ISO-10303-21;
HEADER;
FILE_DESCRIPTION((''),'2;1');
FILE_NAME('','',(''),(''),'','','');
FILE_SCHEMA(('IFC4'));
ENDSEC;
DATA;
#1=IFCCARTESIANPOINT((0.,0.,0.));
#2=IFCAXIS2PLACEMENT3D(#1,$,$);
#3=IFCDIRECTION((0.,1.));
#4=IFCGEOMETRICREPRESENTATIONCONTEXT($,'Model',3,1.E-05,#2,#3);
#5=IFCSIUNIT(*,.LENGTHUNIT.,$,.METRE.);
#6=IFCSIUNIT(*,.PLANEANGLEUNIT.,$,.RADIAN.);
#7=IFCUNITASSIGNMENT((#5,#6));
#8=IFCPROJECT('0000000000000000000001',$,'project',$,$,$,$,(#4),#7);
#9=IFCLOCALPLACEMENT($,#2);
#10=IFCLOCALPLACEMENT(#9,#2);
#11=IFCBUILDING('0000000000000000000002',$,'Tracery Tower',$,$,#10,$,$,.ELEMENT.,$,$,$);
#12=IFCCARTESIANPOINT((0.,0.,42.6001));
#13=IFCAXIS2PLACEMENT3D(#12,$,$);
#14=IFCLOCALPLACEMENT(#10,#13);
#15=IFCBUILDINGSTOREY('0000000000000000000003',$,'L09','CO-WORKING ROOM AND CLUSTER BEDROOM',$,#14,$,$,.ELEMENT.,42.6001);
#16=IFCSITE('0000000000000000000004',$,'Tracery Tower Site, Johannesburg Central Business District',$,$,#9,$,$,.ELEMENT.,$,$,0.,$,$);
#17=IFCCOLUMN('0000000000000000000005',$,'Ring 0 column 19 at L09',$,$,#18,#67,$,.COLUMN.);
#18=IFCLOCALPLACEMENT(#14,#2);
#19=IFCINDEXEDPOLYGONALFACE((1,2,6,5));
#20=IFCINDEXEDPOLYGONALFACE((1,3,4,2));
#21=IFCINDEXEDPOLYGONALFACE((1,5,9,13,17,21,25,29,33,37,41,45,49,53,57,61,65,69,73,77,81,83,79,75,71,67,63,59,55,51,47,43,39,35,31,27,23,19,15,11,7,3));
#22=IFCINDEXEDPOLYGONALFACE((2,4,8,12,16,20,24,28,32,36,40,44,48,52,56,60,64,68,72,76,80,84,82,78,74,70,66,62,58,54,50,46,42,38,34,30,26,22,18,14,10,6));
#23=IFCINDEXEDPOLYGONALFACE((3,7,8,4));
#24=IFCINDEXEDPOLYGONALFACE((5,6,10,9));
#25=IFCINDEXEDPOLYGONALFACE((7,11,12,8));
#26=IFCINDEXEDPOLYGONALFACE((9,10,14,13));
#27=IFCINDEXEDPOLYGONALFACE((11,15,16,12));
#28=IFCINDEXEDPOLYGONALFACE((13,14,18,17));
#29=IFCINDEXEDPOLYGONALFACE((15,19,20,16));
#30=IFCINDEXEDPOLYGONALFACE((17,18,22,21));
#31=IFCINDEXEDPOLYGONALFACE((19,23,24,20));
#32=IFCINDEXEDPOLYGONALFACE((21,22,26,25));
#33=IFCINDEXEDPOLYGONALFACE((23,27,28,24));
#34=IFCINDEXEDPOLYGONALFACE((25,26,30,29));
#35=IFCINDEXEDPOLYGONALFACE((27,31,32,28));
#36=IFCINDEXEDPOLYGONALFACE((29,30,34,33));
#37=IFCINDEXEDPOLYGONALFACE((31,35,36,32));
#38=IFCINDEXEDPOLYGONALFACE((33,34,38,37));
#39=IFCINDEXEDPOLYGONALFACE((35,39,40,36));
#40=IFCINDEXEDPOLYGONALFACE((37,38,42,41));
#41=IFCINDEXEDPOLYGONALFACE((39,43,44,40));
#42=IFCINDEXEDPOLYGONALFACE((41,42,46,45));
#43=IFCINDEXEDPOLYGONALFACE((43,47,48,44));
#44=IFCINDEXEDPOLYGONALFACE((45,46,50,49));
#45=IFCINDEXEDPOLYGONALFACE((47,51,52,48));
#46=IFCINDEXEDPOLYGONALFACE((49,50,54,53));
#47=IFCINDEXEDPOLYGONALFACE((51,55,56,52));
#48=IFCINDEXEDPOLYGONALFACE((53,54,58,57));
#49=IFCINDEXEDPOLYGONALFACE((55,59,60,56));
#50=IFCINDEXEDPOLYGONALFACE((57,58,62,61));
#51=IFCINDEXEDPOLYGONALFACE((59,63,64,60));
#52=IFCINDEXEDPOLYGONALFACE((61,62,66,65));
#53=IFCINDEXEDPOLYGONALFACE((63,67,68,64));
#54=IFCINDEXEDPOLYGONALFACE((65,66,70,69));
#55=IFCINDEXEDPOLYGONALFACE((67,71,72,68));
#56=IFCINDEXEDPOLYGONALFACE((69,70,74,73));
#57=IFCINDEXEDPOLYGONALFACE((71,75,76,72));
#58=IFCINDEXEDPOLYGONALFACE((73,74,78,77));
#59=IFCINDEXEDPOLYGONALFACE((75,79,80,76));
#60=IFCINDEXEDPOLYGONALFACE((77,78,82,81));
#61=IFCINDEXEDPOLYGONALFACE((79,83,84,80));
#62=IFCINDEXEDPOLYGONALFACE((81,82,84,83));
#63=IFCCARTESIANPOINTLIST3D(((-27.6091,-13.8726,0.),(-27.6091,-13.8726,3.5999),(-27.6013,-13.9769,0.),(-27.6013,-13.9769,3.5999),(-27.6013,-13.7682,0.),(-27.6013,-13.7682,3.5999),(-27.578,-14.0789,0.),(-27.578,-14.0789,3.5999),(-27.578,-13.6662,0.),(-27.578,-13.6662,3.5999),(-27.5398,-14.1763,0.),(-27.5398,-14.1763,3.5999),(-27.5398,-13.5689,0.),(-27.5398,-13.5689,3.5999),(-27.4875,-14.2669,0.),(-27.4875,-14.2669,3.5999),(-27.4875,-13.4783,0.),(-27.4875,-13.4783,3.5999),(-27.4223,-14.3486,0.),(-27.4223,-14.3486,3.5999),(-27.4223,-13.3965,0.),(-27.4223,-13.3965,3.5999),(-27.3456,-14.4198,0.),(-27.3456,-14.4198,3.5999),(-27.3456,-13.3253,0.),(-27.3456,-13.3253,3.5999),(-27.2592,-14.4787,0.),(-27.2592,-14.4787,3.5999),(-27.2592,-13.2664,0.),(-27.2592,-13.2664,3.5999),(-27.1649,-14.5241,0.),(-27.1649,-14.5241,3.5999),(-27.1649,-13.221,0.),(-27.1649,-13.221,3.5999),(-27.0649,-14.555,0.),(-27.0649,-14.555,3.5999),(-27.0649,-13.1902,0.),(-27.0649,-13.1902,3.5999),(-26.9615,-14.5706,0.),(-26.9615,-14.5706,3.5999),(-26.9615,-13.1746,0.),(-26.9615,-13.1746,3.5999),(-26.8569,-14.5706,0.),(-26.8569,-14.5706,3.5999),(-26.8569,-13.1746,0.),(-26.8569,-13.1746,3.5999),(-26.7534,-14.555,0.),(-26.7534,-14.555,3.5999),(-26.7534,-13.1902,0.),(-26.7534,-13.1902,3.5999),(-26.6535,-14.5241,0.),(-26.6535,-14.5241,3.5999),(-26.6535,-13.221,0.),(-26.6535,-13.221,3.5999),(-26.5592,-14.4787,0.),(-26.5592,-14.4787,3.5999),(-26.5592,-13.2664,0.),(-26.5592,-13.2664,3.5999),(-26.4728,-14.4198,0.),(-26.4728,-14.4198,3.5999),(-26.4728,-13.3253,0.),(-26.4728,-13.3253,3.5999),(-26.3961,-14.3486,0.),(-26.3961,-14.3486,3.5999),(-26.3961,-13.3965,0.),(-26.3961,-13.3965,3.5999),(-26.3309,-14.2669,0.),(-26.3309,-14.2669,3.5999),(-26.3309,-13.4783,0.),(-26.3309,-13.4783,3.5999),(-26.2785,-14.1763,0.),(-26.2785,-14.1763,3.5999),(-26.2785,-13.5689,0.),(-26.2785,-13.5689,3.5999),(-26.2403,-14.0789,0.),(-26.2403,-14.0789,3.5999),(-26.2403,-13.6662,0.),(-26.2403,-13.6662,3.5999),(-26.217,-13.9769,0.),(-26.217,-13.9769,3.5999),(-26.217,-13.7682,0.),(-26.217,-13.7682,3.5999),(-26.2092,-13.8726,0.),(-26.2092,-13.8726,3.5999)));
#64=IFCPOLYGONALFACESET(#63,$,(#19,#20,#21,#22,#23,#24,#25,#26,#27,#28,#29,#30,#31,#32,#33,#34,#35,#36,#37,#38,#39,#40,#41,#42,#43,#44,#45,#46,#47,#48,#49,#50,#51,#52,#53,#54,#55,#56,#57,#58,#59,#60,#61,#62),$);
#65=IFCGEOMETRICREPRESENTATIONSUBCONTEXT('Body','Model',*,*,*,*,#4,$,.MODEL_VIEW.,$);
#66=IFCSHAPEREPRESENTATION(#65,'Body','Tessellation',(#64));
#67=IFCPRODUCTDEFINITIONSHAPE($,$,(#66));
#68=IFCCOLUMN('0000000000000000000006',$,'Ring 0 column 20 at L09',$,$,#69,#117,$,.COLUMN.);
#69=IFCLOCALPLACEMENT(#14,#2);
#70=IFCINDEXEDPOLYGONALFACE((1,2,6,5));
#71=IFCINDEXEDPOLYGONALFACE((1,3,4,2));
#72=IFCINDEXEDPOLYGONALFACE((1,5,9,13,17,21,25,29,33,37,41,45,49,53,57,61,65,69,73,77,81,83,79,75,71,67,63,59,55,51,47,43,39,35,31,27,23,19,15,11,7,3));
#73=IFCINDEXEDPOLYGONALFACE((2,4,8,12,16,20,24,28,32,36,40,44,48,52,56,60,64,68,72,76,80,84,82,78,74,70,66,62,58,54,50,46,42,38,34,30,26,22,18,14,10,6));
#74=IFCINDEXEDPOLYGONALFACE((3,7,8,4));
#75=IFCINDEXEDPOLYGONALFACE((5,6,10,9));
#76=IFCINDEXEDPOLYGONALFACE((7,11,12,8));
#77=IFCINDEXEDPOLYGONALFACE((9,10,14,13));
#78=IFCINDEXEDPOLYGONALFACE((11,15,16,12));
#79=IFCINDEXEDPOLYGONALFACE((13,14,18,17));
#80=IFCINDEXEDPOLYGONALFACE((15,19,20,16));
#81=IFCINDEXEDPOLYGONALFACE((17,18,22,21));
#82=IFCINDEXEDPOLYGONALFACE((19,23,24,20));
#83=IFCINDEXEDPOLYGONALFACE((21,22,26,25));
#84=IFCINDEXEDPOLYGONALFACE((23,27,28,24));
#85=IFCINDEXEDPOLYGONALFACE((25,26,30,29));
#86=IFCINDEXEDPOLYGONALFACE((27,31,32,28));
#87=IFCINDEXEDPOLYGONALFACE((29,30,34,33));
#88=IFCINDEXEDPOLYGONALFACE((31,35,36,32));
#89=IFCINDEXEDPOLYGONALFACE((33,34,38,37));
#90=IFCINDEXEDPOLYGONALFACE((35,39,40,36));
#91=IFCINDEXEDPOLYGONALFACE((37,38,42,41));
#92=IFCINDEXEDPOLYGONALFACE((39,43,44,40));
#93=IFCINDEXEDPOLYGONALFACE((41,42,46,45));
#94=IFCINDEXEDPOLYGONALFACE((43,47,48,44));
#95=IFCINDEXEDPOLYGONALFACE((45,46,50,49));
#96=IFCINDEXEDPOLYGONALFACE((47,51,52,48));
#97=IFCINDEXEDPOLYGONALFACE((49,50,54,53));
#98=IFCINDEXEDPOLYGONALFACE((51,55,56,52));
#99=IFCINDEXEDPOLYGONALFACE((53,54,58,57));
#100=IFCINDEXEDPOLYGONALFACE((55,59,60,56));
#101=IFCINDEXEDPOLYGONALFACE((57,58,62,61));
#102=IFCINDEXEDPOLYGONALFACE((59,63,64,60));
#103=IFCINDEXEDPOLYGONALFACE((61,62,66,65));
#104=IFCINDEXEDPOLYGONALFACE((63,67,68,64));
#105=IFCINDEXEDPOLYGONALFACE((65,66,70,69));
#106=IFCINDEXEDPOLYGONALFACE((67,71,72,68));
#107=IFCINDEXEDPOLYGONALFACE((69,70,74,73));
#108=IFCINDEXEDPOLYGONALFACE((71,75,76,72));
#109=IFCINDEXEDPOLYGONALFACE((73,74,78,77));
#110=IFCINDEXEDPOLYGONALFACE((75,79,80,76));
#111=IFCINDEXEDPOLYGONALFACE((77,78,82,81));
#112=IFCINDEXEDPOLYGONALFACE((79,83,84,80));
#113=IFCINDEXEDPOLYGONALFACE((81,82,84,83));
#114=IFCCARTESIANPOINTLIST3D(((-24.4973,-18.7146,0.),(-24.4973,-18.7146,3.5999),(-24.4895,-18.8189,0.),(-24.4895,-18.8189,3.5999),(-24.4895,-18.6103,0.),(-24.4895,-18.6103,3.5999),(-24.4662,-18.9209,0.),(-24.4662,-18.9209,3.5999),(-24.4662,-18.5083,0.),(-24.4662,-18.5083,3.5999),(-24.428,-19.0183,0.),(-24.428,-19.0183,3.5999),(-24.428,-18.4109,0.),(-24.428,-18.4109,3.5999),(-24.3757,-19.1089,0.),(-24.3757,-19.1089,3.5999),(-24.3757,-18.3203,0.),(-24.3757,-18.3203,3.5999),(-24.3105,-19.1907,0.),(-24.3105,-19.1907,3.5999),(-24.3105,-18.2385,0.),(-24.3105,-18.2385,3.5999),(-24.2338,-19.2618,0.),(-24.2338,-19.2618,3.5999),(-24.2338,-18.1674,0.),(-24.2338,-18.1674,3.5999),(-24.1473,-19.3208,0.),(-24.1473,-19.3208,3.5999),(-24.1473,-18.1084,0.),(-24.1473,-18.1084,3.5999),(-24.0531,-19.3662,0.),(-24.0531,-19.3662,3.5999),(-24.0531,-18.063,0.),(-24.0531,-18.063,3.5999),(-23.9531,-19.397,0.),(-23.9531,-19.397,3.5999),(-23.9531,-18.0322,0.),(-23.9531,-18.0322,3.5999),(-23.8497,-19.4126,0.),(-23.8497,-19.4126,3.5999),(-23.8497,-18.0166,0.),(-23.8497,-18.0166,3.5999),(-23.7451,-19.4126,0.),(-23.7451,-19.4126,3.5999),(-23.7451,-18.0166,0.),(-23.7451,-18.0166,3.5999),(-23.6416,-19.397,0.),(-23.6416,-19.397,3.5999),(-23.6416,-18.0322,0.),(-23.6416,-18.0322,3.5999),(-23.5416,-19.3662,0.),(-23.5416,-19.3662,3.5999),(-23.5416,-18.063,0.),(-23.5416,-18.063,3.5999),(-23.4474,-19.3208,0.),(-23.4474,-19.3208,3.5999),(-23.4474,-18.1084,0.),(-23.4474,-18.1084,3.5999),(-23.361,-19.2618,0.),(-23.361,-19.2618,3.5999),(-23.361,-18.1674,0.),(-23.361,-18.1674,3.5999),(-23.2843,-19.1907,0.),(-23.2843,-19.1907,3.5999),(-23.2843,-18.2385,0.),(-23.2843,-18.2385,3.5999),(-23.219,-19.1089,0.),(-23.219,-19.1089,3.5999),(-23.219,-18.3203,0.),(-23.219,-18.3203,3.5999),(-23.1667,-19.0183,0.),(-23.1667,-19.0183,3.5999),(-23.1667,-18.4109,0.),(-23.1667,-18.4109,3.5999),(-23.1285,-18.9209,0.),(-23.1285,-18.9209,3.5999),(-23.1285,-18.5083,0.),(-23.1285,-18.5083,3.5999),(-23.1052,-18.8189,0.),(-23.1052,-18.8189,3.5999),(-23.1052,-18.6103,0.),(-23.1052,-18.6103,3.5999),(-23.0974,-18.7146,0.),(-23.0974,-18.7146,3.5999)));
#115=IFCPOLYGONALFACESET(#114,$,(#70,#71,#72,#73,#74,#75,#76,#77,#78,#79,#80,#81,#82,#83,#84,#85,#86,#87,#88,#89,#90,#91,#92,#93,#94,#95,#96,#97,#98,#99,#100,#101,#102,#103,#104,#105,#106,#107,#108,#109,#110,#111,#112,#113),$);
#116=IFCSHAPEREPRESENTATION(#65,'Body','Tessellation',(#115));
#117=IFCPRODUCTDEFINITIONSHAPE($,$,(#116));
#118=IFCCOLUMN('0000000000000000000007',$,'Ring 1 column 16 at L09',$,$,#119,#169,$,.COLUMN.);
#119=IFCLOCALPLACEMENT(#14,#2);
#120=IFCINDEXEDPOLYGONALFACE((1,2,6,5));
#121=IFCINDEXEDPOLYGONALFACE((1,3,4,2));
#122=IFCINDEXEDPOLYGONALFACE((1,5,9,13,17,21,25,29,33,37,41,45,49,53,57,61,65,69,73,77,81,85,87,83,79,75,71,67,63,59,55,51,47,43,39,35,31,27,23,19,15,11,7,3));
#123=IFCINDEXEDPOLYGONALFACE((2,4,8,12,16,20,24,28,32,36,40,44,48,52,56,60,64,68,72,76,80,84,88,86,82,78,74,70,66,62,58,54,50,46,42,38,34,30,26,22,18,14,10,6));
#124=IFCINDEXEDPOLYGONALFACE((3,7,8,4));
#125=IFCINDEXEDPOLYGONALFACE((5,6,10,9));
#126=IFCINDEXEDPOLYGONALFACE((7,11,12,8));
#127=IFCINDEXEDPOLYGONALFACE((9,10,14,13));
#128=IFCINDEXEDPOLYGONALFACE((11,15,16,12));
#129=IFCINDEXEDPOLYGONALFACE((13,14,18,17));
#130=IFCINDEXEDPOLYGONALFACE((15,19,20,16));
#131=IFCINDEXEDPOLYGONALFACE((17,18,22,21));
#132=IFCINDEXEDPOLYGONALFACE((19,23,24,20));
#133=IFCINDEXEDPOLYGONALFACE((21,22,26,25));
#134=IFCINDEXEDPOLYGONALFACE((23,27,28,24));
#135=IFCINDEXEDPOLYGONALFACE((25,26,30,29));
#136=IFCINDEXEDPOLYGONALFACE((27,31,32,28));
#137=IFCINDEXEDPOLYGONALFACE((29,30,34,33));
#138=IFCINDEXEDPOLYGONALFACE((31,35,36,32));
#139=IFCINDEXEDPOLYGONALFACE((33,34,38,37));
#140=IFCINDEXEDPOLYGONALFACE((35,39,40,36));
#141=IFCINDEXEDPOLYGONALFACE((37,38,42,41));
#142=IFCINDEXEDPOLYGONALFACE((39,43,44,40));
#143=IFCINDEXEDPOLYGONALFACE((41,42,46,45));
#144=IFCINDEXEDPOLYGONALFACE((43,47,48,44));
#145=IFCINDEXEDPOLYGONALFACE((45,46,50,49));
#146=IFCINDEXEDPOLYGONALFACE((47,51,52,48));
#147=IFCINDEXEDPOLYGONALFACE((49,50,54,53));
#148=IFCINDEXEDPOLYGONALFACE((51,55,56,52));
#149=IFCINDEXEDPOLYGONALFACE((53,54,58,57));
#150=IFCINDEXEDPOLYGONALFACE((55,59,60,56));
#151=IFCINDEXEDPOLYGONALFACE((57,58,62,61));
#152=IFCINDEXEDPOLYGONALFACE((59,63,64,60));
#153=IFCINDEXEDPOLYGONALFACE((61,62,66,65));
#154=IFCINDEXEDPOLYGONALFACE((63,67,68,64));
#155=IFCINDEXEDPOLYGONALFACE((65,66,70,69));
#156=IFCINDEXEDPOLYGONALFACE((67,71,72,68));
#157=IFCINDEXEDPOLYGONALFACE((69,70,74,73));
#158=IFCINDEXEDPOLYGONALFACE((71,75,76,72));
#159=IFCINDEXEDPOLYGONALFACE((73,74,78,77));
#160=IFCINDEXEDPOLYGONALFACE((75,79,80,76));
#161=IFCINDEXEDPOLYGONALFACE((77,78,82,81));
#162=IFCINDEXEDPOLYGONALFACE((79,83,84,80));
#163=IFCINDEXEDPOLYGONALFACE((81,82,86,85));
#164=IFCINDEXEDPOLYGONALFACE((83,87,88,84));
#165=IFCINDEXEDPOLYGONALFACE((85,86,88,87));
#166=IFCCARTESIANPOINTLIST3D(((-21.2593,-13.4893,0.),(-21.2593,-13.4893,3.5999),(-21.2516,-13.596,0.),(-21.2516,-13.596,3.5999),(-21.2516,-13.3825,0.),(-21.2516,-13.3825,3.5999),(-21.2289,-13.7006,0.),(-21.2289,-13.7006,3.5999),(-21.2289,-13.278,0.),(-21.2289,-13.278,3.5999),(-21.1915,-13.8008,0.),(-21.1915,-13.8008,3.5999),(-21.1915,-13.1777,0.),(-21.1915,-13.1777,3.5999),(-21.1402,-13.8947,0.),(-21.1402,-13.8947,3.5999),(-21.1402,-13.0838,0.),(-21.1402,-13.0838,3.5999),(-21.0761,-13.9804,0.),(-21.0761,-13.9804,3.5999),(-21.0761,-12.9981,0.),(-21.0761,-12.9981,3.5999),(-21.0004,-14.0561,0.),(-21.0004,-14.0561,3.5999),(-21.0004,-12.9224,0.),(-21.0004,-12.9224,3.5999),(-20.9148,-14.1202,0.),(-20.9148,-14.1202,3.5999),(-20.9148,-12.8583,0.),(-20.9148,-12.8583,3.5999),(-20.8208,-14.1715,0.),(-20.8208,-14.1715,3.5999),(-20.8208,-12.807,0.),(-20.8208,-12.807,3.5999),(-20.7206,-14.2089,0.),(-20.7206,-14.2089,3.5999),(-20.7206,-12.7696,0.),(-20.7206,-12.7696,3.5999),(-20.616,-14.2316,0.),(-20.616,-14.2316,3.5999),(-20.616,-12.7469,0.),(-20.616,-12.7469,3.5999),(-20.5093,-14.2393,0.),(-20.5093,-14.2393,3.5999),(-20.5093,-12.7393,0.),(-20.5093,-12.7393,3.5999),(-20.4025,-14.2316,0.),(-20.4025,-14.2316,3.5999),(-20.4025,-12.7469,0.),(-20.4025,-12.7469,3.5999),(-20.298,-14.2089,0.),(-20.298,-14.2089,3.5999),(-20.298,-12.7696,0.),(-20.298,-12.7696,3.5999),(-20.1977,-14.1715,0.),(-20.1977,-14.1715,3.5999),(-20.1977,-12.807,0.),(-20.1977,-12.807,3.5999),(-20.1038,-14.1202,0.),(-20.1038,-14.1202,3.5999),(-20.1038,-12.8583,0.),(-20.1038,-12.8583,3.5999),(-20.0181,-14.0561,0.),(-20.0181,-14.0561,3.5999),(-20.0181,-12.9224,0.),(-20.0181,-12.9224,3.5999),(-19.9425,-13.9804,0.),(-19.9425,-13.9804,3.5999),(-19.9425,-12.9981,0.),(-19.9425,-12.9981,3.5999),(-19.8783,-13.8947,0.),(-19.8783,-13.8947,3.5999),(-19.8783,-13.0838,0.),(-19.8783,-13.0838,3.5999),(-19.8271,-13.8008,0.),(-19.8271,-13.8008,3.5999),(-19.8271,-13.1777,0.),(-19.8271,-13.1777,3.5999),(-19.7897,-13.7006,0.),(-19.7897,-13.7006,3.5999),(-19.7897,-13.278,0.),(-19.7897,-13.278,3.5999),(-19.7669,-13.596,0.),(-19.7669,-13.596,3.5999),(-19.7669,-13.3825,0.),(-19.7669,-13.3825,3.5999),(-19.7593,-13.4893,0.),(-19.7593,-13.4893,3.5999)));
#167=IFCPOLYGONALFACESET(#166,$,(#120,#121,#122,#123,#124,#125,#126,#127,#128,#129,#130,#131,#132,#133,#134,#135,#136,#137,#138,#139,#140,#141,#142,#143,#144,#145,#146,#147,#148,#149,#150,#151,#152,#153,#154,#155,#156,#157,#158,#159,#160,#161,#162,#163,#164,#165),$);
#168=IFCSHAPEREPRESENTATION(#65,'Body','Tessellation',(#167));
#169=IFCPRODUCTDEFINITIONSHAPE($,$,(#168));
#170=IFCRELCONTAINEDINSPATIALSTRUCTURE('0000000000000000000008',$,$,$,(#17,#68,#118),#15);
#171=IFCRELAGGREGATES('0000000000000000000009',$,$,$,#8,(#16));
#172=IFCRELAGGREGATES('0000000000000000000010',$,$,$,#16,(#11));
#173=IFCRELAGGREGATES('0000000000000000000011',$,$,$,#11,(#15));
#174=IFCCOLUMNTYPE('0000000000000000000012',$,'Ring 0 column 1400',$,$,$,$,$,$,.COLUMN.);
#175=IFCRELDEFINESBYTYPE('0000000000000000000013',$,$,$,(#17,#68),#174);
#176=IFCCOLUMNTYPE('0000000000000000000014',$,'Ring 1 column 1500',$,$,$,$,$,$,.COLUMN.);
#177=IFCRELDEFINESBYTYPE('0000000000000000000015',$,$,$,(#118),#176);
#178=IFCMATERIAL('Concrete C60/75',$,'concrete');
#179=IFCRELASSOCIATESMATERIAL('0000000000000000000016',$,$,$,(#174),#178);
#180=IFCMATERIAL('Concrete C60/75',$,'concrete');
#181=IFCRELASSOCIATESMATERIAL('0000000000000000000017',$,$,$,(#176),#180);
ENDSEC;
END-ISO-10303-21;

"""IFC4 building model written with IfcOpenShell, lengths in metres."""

from ifc_helpers import new_model, si_unit, direction, frame, origin, origin_2d, place, context, subcontext, project, spatial, circle, extrude, material, material_profile, profile_set, type_object, element, save


model = new_model("IFC4")

# Units and contexts
model_context = context("Model", 3, precision=1e-05, world=origin(), true_north=direction((0.0, 1.0)))
body_context = subcontext(model_context, "Body", "Model", "MODEL_VIEW")
ifc_project = project(units=[si_unit("LENGTHUNIT", "METRE"), si_unit("PLANEANGLEUNIT", "RADIAN")], contexts=[model_context])

# Site, building, storey
site_placement = place(None, origin())
site = spatial("IfcSite", under=ifc_project, at=site_placement, Name="Tracery Tower Site, Johannesburg Central Business District", CompositionType="ELEMENT", RefElevation=0.0)
building_placement = place(site_placement, origin())
building = spatial("IfcBuilding", under=site, at=building_placement, Name="Tracery Tower", CompositionType="ELEMENT")
storey_placement = place(building_placement, frame((0.0, 0.0, 42.6001)))
storey = spatial("IfcBuildingStorey", under=building, at=storey_placement, Name="L09", Description="CO-WORKING ROOM AND CLUSTER BEDROOM", CompositionType="ELEMENT", Elevation=42.6001)

# Columns
ifc_material_1 = material(Name="Concrete C60/75", Category="concrete")
ifc_material_profile_1 = material_profile(ifc_material_1, circle(Radius=0.7, at=origin_2d()), Name="RC D1400")
ifc_profile_set_1 = profile_set([ifc_material_profile_1], Name="Concrete C60/75")
column_type_1 = type_object("IfcColumnType", Name="Ring 0 column 1400", PredefinedType="COLUMN", material=ifc_profile_set_1)
for number, where, z_axis, x_axis, name in (
    (1, (-26.9092, -13.8726, 0.0), (0.0, 0.0, 1.0), (1.0, 0.0, 0.0), "Ring 0 column 19 at L09"),
    (2, (-23.7974, -18.7146, 0.0), (0.0, 0.0, 1.0), (1.0, 0.0, 0.0), "Ring 0 column 20 at L09"),
):
    element("IfcColumn", number, at=place(storey_placement, frame(where, z_axis=z_axis, x_axis=x_axis)), inside=storey, type_object=column_type_1, Name=name, PredefinedType="COLUMN", context=body_context, shape_type="SweptSolid", body=[
        extrude(circle(Radius=0.7, at=origin_2d()), origin(), (0.0, 0.0, 1.0), 3.5999),
    ])
ifc_material_2 = material(Name="Concrete C60/75", Category="concrete")
ifc_material_profile_2 = material_profile(ifc_material_2, circle(Radius=0.75, at=origin_2d()), Name="RC D1500")
ifc_profile_set_2 = profile_set([ifc_material_profile_2], Name="Concrete C60/75")
column_type_2 = type_object("IfcColumnType", Name="Ring 1 column 1500", PredefinedType="COLUMN", material=ifc_profile_set_2)
for number, where, z_axis, x_axis, name in (
    (3, (-20.5093, -13.4893, 0.0), (0.0, 0.0, 1.0), (1.0, 0.0, 0.0), "Ring 1 column 16 at L09"),
):
    element("IfcColumn", number, at=place(storey_placement, frame(where, z_axis=z_axis, x_axis=x_axis)), inside=storey, type_object=column_type_2, Name=name, PredefinedType="COLUMN", context=body_context, shape_type="SweptSolid", body=[
        extrude(circle(Radius=0.75, at=origin_2d()), origin(), (0.0, 0.0, 1.0), 3.5999),
    ])

save(model, "model.ifc")
